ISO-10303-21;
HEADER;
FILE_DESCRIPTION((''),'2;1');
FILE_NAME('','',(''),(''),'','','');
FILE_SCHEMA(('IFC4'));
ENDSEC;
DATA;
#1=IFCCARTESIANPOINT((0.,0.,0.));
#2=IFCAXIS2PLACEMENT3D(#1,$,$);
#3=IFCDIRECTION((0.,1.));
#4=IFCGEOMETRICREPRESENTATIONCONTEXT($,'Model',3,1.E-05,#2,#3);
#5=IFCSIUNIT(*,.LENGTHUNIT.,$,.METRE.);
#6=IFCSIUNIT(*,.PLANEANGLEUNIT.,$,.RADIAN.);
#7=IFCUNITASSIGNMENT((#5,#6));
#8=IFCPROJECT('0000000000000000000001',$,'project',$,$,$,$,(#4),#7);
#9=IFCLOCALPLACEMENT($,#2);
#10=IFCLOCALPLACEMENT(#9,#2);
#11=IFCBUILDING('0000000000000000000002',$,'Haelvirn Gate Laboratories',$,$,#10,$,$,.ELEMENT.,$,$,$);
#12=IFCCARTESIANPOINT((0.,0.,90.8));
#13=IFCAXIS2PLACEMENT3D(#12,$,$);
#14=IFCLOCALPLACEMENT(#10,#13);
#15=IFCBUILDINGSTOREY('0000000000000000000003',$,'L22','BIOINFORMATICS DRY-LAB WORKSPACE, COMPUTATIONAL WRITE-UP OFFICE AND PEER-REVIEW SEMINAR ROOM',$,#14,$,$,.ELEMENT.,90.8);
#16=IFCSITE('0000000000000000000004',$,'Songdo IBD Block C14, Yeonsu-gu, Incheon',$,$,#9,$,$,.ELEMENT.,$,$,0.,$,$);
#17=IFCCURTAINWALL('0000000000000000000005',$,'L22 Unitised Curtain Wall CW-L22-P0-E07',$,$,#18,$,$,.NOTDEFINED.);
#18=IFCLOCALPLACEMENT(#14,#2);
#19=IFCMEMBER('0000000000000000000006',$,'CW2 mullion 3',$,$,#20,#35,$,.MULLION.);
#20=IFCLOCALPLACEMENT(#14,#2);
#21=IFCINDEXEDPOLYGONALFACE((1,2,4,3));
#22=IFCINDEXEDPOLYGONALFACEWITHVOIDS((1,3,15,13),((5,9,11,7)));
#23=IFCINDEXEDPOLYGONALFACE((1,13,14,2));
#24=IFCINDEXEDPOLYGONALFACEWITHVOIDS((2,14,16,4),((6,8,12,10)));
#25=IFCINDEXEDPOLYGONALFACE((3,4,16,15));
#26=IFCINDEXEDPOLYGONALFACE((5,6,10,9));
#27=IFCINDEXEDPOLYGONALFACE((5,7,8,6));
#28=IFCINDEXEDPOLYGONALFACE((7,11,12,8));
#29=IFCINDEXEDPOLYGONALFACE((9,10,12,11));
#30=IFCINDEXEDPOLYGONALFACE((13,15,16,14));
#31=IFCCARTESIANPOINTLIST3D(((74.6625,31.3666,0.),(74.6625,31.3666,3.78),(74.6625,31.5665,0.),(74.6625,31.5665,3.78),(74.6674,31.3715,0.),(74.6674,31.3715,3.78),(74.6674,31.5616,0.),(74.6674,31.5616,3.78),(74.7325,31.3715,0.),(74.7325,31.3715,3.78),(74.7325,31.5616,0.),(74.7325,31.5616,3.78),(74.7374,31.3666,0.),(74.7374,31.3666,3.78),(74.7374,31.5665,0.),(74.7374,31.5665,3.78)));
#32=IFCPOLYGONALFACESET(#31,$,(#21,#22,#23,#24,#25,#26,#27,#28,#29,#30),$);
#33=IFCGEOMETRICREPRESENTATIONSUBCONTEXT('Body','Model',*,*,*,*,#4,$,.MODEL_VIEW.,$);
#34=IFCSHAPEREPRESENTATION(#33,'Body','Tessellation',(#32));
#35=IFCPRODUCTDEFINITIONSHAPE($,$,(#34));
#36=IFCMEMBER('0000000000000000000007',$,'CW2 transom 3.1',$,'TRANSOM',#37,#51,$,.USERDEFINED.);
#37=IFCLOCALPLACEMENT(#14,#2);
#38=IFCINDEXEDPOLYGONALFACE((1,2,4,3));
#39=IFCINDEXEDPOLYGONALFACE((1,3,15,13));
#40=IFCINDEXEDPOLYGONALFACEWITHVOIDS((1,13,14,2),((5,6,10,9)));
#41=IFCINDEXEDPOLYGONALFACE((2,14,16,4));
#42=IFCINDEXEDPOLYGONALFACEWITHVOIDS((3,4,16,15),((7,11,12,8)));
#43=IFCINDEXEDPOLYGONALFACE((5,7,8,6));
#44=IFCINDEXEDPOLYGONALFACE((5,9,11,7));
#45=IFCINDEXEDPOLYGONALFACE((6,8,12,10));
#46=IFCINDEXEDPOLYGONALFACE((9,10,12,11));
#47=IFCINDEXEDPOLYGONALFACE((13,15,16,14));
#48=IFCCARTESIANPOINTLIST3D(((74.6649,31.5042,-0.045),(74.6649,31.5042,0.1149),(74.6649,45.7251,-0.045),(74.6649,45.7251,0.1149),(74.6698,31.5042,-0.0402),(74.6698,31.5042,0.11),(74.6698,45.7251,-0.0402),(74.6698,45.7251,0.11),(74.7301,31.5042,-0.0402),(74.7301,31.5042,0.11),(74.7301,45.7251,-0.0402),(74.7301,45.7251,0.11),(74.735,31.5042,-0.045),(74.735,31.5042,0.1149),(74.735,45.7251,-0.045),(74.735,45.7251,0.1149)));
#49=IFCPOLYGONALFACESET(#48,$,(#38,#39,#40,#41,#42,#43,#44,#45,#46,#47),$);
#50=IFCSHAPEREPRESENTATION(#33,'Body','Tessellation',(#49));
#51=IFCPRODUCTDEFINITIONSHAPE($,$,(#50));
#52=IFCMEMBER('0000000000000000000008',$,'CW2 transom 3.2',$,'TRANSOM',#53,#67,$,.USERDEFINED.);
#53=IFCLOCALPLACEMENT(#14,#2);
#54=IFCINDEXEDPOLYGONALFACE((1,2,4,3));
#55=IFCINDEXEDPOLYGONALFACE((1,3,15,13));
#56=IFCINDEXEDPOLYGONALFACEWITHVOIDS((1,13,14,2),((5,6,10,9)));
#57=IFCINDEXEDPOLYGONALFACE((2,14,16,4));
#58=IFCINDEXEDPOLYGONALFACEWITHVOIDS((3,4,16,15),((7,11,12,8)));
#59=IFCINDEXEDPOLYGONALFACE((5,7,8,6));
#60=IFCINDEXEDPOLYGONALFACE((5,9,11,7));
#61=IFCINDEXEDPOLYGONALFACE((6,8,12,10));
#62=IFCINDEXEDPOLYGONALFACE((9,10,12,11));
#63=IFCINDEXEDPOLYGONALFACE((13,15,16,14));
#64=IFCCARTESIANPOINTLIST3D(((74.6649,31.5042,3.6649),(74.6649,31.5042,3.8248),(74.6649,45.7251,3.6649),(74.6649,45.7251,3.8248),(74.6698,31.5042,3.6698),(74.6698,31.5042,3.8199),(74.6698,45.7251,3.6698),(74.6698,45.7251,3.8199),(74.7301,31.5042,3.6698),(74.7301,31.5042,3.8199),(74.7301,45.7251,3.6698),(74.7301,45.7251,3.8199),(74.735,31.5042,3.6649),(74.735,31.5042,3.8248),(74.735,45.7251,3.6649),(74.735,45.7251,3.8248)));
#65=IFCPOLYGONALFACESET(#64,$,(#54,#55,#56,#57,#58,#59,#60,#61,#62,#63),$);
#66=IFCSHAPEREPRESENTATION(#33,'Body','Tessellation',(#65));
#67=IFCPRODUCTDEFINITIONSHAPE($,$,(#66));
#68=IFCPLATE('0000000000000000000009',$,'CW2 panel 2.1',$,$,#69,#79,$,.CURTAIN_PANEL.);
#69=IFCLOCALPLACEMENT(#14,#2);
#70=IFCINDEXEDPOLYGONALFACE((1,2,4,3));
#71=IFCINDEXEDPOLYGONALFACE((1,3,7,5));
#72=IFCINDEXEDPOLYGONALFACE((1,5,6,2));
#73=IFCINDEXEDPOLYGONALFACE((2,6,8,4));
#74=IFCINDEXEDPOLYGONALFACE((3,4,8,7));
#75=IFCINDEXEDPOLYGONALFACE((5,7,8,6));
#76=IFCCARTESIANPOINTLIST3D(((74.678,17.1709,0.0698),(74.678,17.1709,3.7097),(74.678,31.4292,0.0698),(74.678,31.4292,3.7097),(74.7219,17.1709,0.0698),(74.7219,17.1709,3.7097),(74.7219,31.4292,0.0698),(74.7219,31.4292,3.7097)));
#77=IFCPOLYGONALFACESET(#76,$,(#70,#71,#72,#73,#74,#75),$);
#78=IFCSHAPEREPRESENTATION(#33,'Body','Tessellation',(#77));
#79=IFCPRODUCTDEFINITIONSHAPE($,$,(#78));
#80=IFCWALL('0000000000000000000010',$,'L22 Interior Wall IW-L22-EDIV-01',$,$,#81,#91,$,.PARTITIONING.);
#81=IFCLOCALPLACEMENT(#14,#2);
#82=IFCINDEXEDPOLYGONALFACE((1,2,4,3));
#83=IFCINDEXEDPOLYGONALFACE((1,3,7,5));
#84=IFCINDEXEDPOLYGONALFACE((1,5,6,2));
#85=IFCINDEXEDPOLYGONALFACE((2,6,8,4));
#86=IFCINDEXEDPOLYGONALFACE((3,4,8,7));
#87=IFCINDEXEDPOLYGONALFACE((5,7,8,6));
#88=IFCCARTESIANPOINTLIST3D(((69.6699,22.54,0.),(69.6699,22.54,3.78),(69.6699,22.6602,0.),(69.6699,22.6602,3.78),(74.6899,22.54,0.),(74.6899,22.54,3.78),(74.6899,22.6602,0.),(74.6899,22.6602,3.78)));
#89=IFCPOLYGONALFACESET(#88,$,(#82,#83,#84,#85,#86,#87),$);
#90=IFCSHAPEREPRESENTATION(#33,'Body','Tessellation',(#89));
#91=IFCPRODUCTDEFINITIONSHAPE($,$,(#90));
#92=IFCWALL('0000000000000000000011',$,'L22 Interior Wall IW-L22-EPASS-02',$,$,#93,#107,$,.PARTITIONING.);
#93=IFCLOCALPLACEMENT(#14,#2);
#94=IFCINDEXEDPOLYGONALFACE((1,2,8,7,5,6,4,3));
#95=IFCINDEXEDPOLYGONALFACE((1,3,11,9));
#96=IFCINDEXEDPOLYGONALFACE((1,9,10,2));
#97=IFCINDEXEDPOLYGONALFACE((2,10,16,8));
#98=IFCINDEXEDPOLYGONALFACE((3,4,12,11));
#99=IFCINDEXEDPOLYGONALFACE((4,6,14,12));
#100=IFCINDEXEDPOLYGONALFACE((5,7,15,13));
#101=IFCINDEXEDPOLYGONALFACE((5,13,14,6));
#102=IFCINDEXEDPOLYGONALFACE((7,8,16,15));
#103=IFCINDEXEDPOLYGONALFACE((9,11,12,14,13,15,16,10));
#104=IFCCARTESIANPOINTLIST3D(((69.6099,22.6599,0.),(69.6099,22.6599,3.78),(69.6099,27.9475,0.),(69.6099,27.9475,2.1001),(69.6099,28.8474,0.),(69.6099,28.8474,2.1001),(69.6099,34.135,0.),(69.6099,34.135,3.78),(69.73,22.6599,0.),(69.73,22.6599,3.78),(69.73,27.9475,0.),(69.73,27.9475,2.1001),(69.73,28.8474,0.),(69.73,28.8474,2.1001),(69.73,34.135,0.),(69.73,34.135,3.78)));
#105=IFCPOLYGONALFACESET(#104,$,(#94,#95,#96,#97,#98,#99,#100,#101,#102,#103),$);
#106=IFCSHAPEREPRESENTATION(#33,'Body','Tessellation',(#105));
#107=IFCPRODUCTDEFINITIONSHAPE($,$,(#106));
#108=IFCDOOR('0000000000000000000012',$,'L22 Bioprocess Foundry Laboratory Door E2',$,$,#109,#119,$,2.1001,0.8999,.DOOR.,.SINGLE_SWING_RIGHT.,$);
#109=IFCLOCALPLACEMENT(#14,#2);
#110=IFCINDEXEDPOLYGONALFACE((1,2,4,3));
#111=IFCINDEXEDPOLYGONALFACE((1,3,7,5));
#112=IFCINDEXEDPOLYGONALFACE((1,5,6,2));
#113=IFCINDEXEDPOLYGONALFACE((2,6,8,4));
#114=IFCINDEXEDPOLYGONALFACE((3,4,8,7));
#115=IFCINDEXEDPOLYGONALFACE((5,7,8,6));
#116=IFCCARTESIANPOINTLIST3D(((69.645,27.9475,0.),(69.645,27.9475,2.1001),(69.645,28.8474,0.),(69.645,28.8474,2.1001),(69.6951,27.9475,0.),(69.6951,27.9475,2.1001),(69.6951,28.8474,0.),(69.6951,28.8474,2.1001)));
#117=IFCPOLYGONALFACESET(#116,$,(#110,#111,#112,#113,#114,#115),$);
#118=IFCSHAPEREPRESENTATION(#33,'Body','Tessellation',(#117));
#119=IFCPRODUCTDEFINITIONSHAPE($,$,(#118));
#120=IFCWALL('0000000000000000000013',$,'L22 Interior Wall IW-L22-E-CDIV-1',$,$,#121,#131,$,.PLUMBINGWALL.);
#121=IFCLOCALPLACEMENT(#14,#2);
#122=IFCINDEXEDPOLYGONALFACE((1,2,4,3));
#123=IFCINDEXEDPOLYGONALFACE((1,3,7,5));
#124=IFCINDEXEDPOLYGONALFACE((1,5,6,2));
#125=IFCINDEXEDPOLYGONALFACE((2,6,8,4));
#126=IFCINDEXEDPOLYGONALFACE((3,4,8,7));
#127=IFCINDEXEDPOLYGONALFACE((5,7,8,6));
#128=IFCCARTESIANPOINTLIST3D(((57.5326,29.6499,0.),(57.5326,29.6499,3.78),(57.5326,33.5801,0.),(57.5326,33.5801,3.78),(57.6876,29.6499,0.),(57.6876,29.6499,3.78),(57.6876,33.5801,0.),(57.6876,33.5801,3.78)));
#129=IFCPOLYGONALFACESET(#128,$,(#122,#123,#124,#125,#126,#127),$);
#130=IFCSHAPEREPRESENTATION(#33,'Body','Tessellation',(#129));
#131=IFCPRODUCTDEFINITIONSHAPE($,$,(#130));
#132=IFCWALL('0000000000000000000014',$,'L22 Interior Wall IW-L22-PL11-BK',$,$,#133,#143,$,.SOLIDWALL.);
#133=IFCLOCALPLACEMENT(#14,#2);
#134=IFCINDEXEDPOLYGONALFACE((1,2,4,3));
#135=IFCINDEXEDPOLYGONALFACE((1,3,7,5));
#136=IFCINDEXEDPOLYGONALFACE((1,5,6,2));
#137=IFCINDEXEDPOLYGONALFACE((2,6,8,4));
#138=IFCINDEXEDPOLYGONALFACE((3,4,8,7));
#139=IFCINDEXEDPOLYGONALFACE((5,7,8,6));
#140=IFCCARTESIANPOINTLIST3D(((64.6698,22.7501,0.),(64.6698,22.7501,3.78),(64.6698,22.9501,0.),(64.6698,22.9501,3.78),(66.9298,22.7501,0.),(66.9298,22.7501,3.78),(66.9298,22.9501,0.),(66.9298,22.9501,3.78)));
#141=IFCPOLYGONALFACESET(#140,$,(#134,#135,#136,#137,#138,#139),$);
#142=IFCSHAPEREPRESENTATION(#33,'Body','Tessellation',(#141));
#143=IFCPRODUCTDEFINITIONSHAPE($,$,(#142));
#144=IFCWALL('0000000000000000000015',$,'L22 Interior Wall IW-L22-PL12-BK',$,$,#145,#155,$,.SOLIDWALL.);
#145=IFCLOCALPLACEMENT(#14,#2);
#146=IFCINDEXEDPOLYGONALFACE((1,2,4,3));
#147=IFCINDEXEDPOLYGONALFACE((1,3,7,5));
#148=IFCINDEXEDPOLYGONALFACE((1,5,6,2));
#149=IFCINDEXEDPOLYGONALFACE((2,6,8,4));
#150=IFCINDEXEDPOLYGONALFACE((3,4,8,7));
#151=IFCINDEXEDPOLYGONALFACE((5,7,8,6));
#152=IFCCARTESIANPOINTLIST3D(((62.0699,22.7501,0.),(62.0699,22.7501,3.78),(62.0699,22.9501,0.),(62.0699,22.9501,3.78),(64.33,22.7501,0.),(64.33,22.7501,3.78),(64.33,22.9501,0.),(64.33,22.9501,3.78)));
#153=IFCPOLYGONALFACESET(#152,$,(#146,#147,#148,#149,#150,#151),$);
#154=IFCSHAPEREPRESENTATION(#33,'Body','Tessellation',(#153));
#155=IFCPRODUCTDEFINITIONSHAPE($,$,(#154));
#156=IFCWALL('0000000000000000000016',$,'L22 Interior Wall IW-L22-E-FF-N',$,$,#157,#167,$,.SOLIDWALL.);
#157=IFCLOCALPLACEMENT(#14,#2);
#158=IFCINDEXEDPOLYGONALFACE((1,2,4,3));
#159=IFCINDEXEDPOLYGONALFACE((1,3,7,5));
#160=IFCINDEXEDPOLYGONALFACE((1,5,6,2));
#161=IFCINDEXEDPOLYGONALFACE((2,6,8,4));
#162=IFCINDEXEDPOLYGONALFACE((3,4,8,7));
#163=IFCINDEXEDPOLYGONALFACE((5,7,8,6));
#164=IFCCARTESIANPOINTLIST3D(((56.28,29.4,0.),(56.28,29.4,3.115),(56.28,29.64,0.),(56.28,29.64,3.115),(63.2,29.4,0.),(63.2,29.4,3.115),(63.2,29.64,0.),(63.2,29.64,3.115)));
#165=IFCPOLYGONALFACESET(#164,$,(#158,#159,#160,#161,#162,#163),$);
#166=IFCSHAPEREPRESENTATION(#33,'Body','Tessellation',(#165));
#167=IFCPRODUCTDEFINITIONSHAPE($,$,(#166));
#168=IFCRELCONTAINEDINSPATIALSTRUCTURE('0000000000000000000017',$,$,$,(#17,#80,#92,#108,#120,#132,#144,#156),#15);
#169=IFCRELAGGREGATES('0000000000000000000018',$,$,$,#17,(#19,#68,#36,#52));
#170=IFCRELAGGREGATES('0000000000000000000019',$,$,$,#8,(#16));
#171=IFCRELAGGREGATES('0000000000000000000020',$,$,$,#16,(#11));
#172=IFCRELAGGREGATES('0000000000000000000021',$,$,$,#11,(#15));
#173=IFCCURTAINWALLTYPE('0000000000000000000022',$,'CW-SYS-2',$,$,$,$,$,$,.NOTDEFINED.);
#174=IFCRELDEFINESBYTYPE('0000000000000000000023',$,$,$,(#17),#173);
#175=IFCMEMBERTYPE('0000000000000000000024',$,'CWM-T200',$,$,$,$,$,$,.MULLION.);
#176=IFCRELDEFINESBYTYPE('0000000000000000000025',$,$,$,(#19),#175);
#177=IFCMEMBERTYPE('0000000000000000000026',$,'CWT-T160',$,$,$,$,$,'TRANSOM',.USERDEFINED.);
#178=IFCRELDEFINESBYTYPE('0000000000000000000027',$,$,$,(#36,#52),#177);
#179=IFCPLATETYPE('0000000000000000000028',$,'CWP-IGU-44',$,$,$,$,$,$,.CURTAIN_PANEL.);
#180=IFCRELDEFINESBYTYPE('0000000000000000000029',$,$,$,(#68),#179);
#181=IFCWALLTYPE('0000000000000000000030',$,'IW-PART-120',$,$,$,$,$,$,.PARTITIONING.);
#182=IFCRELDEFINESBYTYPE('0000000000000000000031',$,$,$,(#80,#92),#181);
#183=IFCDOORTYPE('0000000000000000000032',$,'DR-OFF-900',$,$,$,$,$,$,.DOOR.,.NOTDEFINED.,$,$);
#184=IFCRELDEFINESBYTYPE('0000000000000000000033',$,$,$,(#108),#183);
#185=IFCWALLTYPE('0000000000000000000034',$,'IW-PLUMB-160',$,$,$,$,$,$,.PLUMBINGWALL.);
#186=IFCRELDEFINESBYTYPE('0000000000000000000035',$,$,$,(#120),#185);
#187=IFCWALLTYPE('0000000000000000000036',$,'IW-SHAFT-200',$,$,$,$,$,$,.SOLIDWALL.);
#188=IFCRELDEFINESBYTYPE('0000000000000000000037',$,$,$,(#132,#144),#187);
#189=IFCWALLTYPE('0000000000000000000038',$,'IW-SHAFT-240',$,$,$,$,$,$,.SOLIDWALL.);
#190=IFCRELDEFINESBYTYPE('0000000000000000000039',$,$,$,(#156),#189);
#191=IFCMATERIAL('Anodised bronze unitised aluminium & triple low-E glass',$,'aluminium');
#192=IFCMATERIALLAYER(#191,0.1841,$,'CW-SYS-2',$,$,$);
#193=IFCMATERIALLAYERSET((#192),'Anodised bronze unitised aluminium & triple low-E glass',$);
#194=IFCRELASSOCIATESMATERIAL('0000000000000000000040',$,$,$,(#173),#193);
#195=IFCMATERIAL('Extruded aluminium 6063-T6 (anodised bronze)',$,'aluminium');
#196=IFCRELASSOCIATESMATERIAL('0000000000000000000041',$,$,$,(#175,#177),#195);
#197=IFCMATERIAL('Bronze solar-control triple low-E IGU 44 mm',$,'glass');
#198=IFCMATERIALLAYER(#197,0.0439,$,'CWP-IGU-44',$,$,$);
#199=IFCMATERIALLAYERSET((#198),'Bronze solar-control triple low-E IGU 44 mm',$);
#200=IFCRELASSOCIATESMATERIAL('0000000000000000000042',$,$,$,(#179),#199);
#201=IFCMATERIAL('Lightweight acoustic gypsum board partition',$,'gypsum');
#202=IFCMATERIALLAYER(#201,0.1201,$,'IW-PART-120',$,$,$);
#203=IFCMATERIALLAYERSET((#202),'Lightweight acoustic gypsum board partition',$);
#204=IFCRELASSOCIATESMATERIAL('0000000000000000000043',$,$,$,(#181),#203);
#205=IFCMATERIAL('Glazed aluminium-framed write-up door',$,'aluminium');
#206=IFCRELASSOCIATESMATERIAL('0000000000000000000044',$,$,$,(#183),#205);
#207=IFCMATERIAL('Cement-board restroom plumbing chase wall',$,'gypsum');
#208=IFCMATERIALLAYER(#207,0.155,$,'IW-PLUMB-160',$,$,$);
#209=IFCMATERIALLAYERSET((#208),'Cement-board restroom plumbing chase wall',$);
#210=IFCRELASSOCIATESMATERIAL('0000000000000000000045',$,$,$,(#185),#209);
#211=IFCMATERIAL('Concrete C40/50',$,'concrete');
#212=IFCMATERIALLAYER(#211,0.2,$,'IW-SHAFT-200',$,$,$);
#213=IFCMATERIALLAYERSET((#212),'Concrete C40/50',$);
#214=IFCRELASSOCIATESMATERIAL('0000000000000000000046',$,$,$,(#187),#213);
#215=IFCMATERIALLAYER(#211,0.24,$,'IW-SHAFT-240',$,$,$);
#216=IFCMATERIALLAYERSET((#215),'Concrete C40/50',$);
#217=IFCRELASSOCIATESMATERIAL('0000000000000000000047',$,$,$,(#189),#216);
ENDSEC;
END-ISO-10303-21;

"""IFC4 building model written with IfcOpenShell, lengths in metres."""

from ifc_helpers import new_model, si_unit, direction, frame, frame_2d, origin, origin_2d, place, context, subcontext, project, spatial, rectangle, hollow_rectangle, extrude, source, transform, mapped, material, layer, layer_set, material_profile, profile_set, type_object, type_shapes, element, fill, aggregate, save


model = new_model("IFC4")

# Units and contexts
model_context = context("Model", 3, precision=1e-05, world=origin(), true_north=direction((0.0, 1.0)))
body_context = subcontext(model_context, "Body", "Model", "MODEL_VIEW")
ifc_project = project(units=[si_unit("LENGTHUNIT", "METRE"), si_unit("PLANEANGLEUNIT", "RADIAN")], contexts=[model_context])

# Site, building, storey
site_placement = place(None, origin())
site = spatial("IfcSite", under=ifc_project, at=site_placement, Name="Songdo IBD Block C14, Yeonsu-gu, Incheon", CompositionType="ELEMENT", RefElevation=0.0)
building_placement = place(site_placement, origin())
building = spatial("IfcBuilding", under=site, at=building_placement, Name="Haelvirn Gate Laboratories", CompositionType="ELEMENT")
storey_placement = place(building_placement, frame((0.0, 0.0, 90.8)))
storey = spatial("IfcBuildingStorey", under=building, at=storey_placement, Name="L22", Description="BIOINFORMATICS DRY-LAB WORKSPACE, COMPUTATIONAL WRITE-UP OFFICE AND PEER-REVIEW SEMINAR ROOM", CompositionType="ELEMENT", Elevation=90.8)

# Curtain wall, members, plate
ifc_material_1 = material(Name="Anodised bronze unitised aluminium & triple low-E glass", Category="aluminium")
ifc_layer_1 = layer(ifc_material_1, 0.1841, Name="CW-SYS-2")
ifc_layer_set_1 = layer_set([ifc_layer_1], Name="Anodised bronze unitised aluminium & triple low-E glass")
curtain_wall_type = type_object("IfcCurtainWallType", Name="CW-SYS-2", PredefinedType="NOTDEFINED", material=ifc_layer_set_1)
curtain_wall_placement = place(storey_placement, origin())
curtain_wall = element("IfcCurtainWall", 1, at=curtain_wall_placement, inside=storey, type_object=curtain_wall_type, Name="L22 Unitised Curtain Wall CW-L22-P0-E07", PredefinedType="NOTDEFINED")
ifc_material_2 = material(Name="Extruded aluminium 6063-T6 (anodised bronze)", Category="aluminium")
ifc_material_profile_1 = material_profile(ifc_material_2, hollow_rectangle(XDim=0.075, YDim=0.2, WallThickness=0.0049, at=origin_2d()), Name="CWM-200x75x5")
ifc_profile_set_1 = profile_set([ifc_material_profile_1], Name="Extruded aluminium 6063-T6 (anodised bronze)")
member_type_1 = type_object("IfcMemberType", Name="CWM-T200", PredefinedType="MULLION", material=ifc_profile_set_1)
shared_shape_1 = source(origin(), body_context, "Body", "SweptSolid", [
    extrude(hollow_rectangle(XDim=0.075, YDim=0.2, WallThickness=0.0049, at=origin_2d()), origin(), (0.0, 0.0, 1.0), 3.78),
])
type_shapes(member_type_1, [shared_shape_1])
member_1_placement = place(storey_placement, frame((74.7, 31.4666, 0.0), z_axis=(0.0, 0.0, 1.0), x_axis=(-1.0, 0.0, 0.0)))
member_1 = element("IfcMember", 2, at=member_1_placement, type_object=member_type_1, Name="CW2 mullion 3", PredefinedType="MULLION", context=body_context, shape_type="MappedRepresentation", body=[
    mapped(shared_shape_1, transform((0.0, 0.0, 0.0), scale=1.0)),
])
ifc_material_profile_2 = material_profile(ifc_material_2, hollow_rectangle(XDim=0.0701, YDim=0.1599, WallThickness=0.0049, at=origin_2d()), Name="CWT-160x70x5")
ifc_profile_set_2 = profile_set([ifc_material_profile_2], Name="Extruded aluminium 6063-T6 (anodised bronze)")
member_type_2 = type_object("IfcMemberType", Name="CWT-T160", ElementType="TRANSOM", PredefinedType="USERDEFINED", material=ifc_profile_set_2)
shared_shape_2 = source(origin(), body_context, "Body", "SweptSolid", [
    extrude(hollow_rectangle(XDim=0.0701, YDim=0.1599, WallThickness=0.0049, at=origin_2d()), origin(), (0.0, 0.0, 1.0), 14.2209),
])
type_shapes(member_type_2, [shared_shape_2])
member_2_placement = place(storey_placement, frame((74.7, 31.5042, 0.0349), z_axis=(0.0, 1.0, 0.0), x_axis=(-1.0, 0.0, 0.0)))
member_2 = element("IfcMember", 3, at=member_2_placement, type_object=member_type_2, Name="CW2 transom 3.1", ObjectType="TRANSOM", PredefinedType="USERDEFINED", context=body_context, shape_type="MappedRepresentation", body=[
    mapped(shared_shape_2, transform((0.0, 0.0, 0.0), scale=1.0)),
])
member_3_placement = place(storey_placement, frame((74.7, 31.5042, 3.7449), z_axis=(0.0, 1.0, 0.0), x_axis=(-1.0, 0.0, 0.0)))
member_3 = element("IfcMember", 4, at=member_3_placement, type_object=member_type_2, Name="CW2 transom 3.2", ObjectType="TRANSOM", PredefinedType="USERDEFINED", context=body_context, shape_type="MappedRepresentation", body=[
    mapped(shared_shape_2, transform((0.0, 0.0, 0.0), scale=1.0)),
])
ifc_material_3 = material(Name="Bronze solar-control triple low-E IGU 44 mm", Category="glass")
ifc_layer_2 = layer(ifc_material_3, 0.0439, Name="CWP-IGU-44")
ifc_layer_set_2 = layer_set([ifc_layer_2], Name="Bronze solar-control triple low-E IGU 44 mm")
plate_type = type_object("IfcPlateType", Name="CWP-IGU-44", PredefinedType="CURTAIN_PANEL", material=ifc_layer_set_2)
shared_shape_3 = source(origin(), body_context, "Body", "SweptSolid", [
    extrude(rectangle(XDim=14.2583, YDim=0.0439, at=origin_2d()), origin(), (0.0, 0.0, 1.0), 3.6399),
])
type_shapes(plate_type, [shared_shape_3])
plate_placement = place(storey_placement, frame((74.7, 24.3, 0.0698), z_axis=(0.0, 0.0, 1.0), x_axis=(0.0, 1.0, 0.0)))
plate = element("IfcPlate", 5, at=plate_placement, type_object=plate_type, Name="CW2 panel 2.1", PredefinedType="CURTAIN_PANEL", context=body_context, shape_type="MappedRepresentation", body=[
    mapped(shared_shape_3, transform((0.0, 0.0, 0.0), scale=1.0)),
])
aggregate(curtain_wall, [member_1, plate, member_2, member_3])

# Wall
ifc_material_4 = material(Name="Lightweight acoustic gypsum board partition", Category="gypsum")
ifc_layer_3 = layer(ifc_material_4, 0.1201, Name="IW-PART-120")
ifc_layer_set_3 = layer_set([ifc_layer_3], Name="Lightweight acoustic gypsum board partition")
wall_type_1 = type_object("IfcWallType", Name="IW-PART-120", PredefinedType="PARTITIONING", material=ifc_layer_set_3)
wall_1_placement = place(storey_placement, frame((69.6699, 22.6001, 0.0), z_axis=(0.0, 0.0, 1.0), x_axis=(1.0, 0.0, 0.0)))
element("IfcWall", 6, at=wall_1_placement, inside=storey, type_object=wall_type_1, Name="L22 Interior Wall IW-L22-EDIV-01", PredefinedType="PARTITIONING", context=body_context, shape_type="SweptSolid", body=[
    extrude(rectangle(XDim=5.02, YDim=0.1201, at=frame_2d((2.51, 0.0))), origin(), (0.0, 0.0, 1.0), 3.78),
])

# Wall, opening, door
wall_2_placement = place(storey_placement, frame((69.6699, 22.6599, 0.0), z_axis=(0.0, 0.0, 1.0), x_axis=(0.0, 1.0, 0.0)))
wall_2 = element("IfcWall", 7, at=wall_2_placement, inside=storey, type_object=wall_type_1, Name="L22 Interior Wall IW-L22-EPASS-02", PredefinedType="PARTITIONING", context=body_context, shape_type="SweptSolid", body=[
    extrude(rectangle(XDim=11.4751, YDim=0.1201, at=frame_2d((5.7375, 0.0))), origin(), (0.0, 0.0, 1.0), 3.78),
])
opening_1_placement = place(wall_2_placement, frame((5.2876, 0.0, 0.0)))
opening_1 = element("IfcOpeningElement", 8, at=opening_1_placement, cuts=wall_2, PredefinedType="OPENING", context=body_context, shape_type="SweptSolid", body=[
    extrude(rectangle(XDim=0.8999, YDim=2.1001, at=frame_2d((0.45, 1.05))), frame((0.0, 0.0701, 0.0), z_axis=(0.0, -1.0, 0.0), x_axis=(1.0, 0.0, 0.0)), (0.0, 0.0, 1.0), 0.1401),
])
ifc_material_5 = material(Name="Glazed aluminium-framed write-up door", Category="aluminium")
door_type_1 = type_object("IfcDoorType", Name="DR-OFF-900", OperationType="NOTDEFINED", PredefinedType="DOOR", material=ifc_material_5)
shared_shape_4 = source(origin(), body_context, "Body", "SweptSolid", [
    extrude(rectangle(XDim=0.8999, YDim=2.1001, at=frame_2d((0.45, 1.05))), frame((0.0, 0.0249, 0.0), z_axis=(0.0, -1.0, 0.0), x_axis=(1.0, 0.0, 0.0)), (0.0, 0.0, 1.0), 0.05),
])
type_shapes(door_type_1, [shared_shape_4])
door_1_placement = place(opening_1_placement, origin())
door_1 = element("IfcDoor", 9, at=door_1_placement, inside=storey, type_object=door_type_1, Name="L22 Bioprocess Foundry Laboratory Door E2", OperationType="SINGLE_SWING_RIGHT", OverallHeight=2.1001, OverallWidth=0.8999, PredefinedType="DOOR", context=body_context, shape_type="MappedRepresentation", body=[
    mapped(shared_shape_4, transform((0.0, 0.0, 0.0), scale=1.0)),
])
fill(opening_1, door_1)

# Walls
ifc_material_6 = material(Name="Cement-board restroom plumbing chase wall", Category="gypsum")
ifc_layer_4 = layer(ifc_material_6, 0.155, Name="IW-PLUMB-160")
ifc_layer_set_4 = layer_set([ifc_layer_4], Name="Cement-board restroom plumbing chase wall")
wall_type_2 = type_object("IfcWallType", Name="IW-PLUMB-160", PredefinedType="PLUMBINGWALL", material=ifc_layer_set_4)
wall_3_placement = place(storey_placement, frame((57.6101, 29.6499, 0.0), z_axis=(0.0, 0.0, 1.0), x_axis=(0.0, 1.0, 0.0)))
element("IfcWall", 10, at=wall_3_placement, inside=storey, type_object=wall_type_2, Name="L22 Interior Wall IW-L22-E-CDIV-1", PredefinedType="PLUMBINGWALL", context=body_context, shape_type="SweptSolid", body=[
    extrude(rectangle(XDim=3.9302, YDim=0.155, at=frame_2d((1.9651, 0.0))), origin(), (0.0, 0.0, 1.0), 3.78),
])
ifc_material_7 = material(Name="Concrete C40/50", Category="concrete")
ifc_layer_5 = layer(ifc_material_7, 0.2, Name="IW-SHAFT-200")
ifc_layer_set_5 = layer_set([ifc_layer_5], Name="Concrete C40/50")
wall_type_3 = type_object("IfcWallType", Name="IW-SHAFT-200", PredefinedType="SOLIDWALL", material=ifc_layer_set_5)
for number, where, z_axis, x_axis, name in (
    (11, (64.6699, 22.8501, 0.0), (0.0, 0.0, 1.0), (1.0, 0.0, 0.0), "L22 Interior Wall IW-L22-PL11-BK"),
    (12, (62.0701, 22.8501, 0.0), (0.0, 0.0, 1.0), (1.0, 0.0, 0.0), "L22 Interior Wall IW-L22-PL12-BK"),
):
    element("IfcWall", number, at=place(storey_placement, frame(where, z_axis=z_axis, x_axis=x_axis)), inside=storey, type_object=wall_type_3, Name=name, PredefinedType="SOLIDWALL", context=body_context, shape_type="SweptSolid", body=[
        extrude(rectangle(XDim=2.26, YDim=0.2, at=frame_2d((1.1299, 0.0))), origin(), (0.0, 0.0, 1.0), 3.78),
    ])
ifc_layer_6 = layer(ifc_material_7, 0.24, Name="IW-SHAFT-240")
ifc_layer_set_6 = layer_set([ifc_layer_6], Name="Concrete C40/50")
wall_type_4 = type_object("IfcWallType", Name="IW-SHAFT-240", PredefinedType="SOLIDWALL", material=ifc_layer_set_6)
wall_4_placement = place(storey_placement, frame((56.28, 29.52, 0.0), z_axis=(0.0, 0.0, 1.0), x_axis=(1.0, 0.0, 0.0)))
element("IfcWall", 13, at=wall_4_placement, inside=storey, type_object=wall_type_4, Name="L22 Interior Wall IW-L22-E-FF-N", PredefinedType="SOLIDWALL", context=body_context, shape_type="SweptSolid", body=[
    extrude(rectangle(XDim=6.9199, YDim=0.24, at=frame_2d((3.46, 0.0))), origin(), (0.0, 0.0, 1.0), 3.115),
])

save(model, "model.ifc")
